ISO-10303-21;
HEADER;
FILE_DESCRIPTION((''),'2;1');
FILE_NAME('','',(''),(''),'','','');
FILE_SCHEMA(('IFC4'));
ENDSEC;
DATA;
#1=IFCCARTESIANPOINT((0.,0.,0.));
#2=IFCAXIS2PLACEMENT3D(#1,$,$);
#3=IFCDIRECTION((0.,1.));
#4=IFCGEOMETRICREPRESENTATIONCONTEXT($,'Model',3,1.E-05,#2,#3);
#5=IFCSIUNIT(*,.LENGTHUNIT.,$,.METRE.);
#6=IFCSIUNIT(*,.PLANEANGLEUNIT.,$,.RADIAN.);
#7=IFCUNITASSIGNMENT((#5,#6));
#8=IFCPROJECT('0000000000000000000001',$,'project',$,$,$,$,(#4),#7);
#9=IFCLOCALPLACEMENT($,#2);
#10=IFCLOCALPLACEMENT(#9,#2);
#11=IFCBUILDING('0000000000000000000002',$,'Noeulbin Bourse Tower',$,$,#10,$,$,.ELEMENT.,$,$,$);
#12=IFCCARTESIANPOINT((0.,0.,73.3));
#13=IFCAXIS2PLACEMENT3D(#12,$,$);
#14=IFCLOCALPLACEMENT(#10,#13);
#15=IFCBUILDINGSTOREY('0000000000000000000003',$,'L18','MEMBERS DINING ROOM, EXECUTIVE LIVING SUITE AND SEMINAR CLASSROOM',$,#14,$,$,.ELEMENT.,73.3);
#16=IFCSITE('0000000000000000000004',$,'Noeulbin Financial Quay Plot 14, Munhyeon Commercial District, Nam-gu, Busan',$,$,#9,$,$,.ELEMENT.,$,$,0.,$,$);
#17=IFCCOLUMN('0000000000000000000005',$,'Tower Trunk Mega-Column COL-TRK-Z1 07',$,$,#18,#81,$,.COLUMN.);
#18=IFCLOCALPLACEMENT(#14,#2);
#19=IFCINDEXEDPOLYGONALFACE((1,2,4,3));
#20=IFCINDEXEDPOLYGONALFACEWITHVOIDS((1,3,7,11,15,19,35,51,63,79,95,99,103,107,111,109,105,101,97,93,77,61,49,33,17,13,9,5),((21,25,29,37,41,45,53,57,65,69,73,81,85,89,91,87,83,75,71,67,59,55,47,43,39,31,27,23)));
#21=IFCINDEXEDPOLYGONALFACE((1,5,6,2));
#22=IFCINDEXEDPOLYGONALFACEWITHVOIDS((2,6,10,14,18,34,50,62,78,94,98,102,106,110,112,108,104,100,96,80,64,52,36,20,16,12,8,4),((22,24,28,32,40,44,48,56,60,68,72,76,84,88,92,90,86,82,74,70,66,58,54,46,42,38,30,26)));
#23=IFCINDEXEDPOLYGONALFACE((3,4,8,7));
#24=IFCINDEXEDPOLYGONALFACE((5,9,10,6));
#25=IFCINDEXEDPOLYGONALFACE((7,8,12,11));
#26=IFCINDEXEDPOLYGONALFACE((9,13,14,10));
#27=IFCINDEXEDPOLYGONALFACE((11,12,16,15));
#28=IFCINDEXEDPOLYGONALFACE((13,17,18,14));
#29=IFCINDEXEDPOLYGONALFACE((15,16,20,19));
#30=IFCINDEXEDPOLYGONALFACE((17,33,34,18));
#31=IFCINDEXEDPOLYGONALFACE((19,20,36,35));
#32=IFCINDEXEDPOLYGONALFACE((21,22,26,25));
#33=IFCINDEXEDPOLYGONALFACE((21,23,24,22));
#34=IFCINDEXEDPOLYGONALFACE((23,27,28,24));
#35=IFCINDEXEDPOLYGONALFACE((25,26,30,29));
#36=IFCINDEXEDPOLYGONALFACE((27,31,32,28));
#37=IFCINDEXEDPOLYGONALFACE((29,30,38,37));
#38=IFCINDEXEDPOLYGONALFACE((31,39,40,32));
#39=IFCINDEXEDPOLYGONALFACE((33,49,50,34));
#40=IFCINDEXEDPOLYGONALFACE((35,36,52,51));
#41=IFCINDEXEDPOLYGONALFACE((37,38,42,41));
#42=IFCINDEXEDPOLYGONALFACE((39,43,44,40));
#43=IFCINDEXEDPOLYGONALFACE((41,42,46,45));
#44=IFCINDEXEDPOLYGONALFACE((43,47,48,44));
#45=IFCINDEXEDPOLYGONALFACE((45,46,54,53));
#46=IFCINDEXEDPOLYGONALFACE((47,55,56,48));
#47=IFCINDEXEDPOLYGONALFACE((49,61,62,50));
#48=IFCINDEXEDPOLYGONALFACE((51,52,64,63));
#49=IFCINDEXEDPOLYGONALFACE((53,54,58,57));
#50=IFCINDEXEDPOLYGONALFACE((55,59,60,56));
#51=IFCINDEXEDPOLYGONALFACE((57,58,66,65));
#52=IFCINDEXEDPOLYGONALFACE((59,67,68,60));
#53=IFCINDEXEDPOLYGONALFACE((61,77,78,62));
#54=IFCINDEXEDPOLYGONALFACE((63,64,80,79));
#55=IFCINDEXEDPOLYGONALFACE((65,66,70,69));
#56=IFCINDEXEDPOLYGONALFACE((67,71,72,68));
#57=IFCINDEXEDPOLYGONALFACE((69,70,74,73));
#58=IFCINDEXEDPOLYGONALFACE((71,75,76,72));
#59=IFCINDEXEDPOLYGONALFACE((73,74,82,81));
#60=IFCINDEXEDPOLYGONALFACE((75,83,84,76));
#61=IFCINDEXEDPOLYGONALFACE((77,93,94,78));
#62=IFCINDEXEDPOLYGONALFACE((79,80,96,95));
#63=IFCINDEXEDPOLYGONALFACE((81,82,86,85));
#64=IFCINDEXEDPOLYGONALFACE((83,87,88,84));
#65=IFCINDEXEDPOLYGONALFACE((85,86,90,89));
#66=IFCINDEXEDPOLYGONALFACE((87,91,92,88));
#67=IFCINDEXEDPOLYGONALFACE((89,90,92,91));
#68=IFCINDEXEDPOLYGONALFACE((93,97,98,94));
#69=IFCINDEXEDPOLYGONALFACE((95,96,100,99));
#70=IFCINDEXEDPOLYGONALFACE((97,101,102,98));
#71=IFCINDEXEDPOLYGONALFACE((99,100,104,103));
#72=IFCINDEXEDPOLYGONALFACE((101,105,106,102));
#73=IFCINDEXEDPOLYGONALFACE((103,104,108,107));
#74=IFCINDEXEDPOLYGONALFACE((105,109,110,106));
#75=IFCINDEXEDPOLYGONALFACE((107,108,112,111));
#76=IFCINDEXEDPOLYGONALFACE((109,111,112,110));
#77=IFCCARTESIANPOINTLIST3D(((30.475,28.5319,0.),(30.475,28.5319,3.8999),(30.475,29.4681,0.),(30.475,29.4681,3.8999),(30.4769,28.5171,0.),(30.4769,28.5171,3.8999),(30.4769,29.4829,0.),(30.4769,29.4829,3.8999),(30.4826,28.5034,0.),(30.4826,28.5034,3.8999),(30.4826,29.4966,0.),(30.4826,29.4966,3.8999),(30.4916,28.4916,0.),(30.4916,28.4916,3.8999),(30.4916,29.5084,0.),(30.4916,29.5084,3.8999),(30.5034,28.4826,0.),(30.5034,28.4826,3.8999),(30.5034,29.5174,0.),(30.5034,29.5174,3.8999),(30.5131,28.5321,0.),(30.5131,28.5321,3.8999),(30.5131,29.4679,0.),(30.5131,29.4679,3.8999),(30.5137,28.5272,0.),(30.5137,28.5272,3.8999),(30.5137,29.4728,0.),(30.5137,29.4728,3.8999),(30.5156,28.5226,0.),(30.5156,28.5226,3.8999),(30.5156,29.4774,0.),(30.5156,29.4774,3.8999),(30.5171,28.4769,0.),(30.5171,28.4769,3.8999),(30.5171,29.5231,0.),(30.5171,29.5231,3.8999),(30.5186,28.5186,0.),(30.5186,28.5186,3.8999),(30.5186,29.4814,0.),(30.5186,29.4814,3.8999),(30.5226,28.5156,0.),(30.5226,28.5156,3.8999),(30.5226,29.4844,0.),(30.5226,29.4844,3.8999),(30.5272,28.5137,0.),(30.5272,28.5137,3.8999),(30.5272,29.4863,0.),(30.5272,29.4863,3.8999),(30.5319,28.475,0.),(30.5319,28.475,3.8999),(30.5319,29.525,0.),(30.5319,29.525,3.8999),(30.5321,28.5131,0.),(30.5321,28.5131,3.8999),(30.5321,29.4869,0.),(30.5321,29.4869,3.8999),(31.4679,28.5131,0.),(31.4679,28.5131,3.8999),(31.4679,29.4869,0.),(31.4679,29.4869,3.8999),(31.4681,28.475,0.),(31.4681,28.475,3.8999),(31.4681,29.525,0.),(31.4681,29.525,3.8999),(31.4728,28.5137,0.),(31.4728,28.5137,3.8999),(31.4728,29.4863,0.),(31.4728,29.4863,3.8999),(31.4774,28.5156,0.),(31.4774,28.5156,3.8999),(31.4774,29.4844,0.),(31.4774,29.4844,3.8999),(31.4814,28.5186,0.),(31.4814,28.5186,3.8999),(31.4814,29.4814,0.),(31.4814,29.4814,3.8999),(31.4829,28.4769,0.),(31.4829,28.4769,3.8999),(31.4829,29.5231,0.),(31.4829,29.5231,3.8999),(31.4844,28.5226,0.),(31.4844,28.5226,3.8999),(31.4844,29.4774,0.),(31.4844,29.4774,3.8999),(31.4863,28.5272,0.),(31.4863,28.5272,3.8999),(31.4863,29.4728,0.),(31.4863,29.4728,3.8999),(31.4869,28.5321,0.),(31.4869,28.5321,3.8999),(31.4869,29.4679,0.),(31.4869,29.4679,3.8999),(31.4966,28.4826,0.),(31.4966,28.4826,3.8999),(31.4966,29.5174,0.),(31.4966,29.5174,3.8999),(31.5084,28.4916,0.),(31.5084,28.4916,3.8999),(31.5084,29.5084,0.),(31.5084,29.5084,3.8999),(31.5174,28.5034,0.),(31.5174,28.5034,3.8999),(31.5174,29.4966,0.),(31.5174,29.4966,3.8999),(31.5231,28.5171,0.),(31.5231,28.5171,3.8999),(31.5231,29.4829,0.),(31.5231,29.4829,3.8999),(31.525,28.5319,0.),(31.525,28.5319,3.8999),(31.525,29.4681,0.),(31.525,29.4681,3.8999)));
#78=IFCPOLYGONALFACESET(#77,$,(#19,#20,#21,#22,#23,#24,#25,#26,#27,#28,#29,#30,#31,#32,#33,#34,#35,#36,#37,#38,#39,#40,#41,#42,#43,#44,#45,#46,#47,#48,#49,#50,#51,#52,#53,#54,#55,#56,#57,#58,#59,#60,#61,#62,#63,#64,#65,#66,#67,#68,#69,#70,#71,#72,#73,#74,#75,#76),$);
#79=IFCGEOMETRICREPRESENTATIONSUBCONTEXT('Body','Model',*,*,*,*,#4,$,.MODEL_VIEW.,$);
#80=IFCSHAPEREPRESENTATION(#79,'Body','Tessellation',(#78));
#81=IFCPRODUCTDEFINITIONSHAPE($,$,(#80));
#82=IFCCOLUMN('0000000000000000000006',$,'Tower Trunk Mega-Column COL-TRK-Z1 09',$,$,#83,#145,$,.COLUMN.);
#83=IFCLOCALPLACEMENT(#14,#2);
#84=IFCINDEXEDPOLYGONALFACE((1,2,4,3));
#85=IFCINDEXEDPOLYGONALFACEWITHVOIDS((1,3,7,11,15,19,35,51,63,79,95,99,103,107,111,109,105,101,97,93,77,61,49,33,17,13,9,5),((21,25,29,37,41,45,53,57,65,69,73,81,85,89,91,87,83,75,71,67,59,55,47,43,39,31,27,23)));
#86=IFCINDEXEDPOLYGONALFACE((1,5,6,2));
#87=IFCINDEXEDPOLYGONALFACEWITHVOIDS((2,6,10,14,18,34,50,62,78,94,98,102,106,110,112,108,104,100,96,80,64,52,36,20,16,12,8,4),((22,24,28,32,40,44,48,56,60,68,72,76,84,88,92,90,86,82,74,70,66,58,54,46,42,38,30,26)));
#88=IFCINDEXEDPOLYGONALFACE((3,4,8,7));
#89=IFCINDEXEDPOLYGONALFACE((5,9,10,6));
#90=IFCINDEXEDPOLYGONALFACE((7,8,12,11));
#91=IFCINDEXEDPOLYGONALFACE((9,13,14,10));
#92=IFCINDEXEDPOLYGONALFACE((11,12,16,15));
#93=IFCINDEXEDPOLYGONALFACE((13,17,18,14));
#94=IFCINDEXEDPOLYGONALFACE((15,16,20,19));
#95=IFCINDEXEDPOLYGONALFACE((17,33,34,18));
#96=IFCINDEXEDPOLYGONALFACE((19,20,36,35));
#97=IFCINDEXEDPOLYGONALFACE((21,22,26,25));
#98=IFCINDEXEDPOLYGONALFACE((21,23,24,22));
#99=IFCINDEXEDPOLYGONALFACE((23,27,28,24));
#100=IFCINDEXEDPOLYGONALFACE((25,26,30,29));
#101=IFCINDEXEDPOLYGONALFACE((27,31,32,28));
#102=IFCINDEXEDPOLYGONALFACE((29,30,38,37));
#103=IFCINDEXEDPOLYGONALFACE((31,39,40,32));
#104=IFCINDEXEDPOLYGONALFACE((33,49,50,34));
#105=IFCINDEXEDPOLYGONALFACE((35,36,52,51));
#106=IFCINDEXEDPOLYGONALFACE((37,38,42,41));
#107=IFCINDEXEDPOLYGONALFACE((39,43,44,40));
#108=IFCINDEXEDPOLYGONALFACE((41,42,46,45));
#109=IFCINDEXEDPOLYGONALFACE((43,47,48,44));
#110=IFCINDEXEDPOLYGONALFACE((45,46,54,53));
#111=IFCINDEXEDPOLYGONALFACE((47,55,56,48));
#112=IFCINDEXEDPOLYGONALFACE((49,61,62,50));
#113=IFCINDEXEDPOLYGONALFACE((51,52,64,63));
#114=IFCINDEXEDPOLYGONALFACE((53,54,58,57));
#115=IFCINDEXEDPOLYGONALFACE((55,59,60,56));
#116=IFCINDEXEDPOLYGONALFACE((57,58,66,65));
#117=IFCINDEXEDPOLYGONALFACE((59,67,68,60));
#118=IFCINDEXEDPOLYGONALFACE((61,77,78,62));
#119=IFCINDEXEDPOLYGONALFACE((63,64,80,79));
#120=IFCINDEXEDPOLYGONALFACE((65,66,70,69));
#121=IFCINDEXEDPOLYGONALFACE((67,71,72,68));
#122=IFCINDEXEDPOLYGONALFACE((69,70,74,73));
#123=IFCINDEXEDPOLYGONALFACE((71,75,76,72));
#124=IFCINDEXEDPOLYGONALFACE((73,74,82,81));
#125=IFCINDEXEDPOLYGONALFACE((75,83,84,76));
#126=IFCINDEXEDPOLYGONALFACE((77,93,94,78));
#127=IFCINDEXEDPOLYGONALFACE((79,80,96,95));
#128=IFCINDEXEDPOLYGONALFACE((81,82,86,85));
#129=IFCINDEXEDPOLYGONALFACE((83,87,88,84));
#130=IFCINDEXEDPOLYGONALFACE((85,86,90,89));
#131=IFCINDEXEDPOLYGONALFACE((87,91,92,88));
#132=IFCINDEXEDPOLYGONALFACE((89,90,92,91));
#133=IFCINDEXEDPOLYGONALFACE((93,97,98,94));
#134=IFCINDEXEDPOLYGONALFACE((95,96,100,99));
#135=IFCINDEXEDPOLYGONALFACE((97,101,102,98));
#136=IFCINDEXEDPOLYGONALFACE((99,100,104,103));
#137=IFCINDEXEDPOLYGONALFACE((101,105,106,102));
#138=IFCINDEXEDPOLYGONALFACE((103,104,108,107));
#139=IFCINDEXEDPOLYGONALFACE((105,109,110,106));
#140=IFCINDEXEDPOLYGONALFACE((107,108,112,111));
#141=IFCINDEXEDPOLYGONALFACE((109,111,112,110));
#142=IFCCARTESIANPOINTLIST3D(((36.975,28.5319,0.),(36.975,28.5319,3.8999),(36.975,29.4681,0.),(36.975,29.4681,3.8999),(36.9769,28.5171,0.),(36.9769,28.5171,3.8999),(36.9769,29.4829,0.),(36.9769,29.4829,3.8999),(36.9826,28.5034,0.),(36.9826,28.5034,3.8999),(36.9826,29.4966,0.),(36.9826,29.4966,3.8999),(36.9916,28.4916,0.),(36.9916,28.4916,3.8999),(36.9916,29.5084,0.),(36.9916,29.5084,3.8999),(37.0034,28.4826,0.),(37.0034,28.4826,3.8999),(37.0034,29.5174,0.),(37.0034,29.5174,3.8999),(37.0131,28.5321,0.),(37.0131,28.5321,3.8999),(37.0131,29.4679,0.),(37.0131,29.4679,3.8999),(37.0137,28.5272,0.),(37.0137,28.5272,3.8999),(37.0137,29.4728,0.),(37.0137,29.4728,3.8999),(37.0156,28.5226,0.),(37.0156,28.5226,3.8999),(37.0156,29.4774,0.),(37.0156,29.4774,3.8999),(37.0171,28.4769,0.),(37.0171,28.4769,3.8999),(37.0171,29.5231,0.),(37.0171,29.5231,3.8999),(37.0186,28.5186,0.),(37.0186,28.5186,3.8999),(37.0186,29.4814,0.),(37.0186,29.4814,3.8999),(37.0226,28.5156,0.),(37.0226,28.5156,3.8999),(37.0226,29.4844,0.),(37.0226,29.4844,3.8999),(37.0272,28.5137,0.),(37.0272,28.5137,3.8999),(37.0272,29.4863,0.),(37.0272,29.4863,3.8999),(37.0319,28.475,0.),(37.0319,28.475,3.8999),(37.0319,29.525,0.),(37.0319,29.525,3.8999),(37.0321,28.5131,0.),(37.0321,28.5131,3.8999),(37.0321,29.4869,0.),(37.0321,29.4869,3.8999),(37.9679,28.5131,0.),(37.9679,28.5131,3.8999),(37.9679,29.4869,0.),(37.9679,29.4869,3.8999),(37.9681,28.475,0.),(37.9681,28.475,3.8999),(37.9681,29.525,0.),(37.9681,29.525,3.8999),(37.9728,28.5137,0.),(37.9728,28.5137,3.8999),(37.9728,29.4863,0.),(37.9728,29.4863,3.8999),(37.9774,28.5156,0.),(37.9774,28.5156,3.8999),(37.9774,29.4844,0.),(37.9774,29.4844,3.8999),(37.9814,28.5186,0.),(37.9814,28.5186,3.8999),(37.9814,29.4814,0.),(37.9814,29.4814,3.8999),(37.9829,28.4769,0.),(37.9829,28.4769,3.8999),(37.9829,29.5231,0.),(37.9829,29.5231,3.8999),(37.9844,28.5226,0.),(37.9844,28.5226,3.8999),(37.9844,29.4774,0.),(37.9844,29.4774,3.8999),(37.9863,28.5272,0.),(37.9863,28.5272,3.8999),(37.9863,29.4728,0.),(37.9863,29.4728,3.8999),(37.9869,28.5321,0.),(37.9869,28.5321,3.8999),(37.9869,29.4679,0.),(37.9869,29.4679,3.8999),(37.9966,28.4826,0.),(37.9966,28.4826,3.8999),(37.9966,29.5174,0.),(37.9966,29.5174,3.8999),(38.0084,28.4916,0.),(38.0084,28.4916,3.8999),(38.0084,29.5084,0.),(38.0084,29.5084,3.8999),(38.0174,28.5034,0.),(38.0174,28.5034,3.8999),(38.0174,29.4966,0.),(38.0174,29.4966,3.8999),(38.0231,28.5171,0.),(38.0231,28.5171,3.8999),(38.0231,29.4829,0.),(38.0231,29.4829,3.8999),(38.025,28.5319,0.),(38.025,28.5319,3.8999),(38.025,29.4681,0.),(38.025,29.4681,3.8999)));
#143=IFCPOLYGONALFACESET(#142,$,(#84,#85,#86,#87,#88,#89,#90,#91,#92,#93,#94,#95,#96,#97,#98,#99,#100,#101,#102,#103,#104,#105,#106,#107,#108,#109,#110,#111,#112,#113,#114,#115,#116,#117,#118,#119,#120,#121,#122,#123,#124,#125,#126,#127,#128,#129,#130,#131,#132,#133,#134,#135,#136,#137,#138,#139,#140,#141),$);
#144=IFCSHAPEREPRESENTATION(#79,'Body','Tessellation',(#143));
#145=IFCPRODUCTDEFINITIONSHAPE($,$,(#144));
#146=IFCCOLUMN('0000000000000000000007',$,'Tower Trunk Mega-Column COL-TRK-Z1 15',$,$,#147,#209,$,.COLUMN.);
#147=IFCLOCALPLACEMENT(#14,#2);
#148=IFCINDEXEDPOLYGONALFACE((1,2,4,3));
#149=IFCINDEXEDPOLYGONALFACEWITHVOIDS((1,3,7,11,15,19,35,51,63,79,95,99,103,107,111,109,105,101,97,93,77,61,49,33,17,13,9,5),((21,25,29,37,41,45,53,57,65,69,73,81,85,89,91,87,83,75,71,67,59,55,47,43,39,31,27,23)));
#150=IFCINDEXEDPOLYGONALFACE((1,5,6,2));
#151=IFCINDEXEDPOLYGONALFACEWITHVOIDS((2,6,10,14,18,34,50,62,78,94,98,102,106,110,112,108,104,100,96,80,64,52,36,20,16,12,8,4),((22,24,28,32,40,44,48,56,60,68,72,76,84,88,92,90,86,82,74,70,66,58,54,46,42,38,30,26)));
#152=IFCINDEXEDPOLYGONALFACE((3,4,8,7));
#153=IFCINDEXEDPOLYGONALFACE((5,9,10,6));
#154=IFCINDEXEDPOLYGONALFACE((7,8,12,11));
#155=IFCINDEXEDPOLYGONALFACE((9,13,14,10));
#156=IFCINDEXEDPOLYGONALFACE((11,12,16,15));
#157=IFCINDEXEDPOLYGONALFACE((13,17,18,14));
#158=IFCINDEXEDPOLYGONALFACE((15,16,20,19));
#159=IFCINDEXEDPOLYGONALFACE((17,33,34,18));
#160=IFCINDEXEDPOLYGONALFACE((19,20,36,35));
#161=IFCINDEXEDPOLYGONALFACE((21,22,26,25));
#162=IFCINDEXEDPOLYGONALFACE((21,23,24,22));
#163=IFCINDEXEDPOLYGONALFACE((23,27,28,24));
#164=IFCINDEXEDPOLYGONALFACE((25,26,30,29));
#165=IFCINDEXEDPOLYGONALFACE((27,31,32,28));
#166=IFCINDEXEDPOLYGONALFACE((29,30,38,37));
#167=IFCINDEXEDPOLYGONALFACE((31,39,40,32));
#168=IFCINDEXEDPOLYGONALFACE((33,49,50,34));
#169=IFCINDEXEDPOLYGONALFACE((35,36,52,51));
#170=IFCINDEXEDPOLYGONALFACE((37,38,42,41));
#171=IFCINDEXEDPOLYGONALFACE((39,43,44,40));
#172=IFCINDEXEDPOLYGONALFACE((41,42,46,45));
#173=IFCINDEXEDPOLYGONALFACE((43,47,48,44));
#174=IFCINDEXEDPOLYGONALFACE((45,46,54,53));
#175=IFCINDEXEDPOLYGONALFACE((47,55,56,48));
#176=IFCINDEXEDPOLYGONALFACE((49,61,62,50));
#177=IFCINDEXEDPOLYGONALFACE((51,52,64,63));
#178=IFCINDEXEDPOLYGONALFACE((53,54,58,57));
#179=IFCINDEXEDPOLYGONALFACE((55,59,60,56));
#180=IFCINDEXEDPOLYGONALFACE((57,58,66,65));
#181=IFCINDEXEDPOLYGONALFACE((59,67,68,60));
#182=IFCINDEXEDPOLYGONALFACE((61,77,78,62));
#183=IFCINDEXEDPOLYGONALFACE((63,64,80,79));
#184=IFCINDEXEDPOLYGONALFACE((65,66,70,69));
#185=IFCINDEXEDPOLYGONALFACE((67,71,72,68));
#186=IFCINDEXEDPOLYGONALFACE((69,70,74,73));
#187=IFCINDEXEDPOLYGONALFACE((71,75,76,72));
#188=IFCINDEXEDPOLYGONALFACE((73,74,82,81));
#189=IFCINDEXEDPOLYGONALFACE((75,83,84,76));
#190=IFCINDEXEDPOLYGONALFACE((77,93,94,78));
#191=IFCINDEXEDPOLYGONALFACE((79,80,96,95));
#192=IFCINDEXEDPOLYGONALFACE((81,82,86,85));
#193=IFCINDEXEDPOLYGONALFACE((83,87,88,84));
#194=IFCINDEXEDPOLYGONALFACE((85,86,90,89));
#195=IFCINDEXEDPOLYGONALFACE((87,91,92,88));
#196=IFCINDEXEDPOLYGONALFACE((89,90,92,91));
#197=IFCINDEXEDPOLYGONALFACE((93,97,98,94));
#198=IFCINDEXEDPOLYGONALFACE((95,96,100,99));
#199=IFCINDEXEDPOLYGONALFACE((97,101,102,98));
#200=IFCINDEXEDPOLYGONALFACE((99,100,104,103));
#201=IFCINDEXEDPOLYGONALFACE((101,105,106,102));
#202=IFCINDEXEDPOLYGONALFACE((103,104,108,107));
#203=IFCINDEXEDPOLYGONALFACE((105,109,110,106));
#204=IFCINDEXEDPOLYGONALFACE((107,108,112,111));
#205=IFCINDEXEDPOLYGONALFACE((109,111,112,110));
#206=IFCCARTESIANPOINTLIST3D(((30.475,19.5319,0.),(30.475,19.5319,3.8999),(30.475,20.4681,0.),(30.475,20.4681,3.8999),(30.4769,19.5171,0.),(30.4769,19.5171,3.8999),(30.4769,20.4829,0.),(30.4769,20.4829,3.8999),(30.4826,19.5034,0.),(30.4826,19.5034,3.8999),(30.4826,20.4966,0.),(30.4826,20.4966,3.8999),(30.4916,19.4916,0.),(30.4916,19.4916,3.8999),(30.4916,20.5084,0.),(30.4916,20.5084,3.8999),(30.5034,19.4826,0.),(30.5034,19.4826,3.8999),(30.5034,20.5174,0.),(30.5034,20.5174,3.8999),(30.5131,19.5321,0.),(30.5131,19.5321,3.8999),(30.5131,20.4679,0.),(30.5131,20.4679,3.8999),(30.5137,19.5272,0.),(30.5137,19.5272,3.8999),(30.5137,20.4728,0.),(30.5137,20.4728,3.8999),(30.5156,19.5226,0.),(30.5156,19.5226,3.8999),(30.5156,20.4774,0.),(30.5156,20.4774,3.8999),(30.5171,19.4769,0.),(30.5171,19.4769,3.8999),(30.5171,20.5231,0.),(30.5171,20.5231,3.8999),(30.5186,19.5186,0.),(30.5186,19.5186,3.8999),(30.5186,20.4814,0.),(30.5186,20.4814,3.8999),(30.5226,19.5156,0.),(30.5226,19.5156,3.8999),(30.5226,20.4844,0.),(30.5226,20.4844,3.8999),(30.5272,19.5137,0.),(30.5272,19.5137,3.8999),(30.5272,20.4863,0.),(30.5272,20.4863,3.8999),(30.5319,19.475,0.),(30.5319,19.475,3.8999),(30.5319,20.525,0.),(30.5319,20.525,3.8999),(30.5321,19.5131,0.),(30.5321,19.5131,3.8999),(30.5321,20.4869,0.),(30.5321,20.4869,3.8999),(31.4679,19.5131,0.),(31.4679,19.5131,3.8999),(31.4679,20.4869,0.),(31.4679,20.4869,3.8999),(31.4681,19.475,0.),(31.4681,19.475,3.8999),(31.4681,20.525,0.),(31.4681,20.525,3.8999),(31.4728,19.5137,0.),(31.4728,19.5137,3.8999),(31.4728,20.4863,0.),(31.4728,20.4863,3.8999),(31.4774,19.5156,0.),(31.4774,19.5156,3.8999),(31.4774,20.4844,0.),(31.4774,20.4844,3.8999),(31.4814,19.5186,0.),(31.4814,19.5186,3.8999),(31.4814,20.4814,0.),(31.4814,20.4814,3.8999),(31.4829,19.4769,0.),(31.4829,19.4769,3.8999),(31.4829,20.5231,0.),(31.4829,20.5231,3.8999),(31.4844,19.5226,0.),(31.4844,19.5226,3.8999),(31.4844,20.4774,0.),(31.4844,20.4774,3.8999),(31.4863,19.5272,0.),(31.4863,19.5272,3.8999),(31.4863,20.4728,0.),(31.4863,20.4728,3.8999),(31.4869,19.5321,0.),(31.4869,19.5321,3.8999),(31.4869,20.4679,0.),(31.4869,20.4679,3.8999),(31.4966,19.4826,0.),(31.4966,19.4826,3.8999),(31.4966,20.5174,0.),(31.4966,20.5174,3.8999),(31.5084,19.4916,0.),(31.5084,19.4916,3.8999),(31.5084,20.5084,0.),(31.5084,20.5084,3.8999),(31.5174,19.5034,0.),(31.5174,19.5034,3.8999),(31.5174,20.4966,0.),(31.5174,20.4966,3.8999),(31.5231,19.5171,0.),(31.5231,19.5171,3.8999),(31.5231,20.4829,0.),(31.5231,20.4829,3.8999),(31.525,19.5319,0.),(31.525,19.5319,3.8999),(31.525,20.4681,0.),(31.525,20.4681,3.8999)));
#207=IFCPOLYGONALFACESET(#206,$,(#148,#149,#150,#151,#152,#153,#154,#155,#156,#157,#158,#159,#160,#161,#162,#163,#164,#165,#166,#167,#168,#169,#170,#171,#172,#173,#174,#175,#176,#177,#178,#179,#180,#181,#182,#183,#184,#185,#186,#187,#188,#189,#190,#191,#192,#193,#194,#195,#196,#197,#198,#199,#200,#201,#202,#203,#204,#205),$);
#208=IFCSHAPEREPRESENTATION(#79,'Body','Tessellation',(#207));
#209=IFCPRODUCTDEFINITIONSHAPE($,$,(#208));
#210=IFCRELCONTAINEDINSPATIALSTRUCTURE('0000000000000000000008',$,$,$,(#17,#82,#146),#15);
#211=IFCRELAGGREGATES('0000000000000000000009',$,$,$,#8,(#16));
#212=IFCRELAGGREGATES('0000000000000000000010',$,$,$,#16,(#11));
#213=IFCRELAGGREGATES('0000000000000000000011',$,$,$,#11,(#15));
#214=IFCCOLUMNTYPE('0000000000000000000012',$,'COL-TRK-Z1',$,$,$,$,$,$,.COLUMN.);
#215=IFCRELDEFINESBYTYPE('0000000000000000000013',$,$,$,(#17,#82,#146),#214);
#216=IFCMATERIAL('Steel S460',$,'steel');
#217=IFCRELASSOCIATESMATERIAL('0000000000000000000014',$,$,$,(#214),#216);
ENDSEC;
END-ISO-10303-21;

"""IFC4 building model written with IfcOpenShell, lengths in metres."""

from ifc_helpers import new_model, si_unit, direction, frame, origin, origin_2d, place, context, subcontext, project, spatial, hollow_rectangle, extrude, material, material_profile, profile_set, type_object, element, save


model = new_model("IFC4")

# Units and contexts
model_context = context("Model", 3, precision=1e-05, world=origin(), true_north=direction((0.0, 1.0)))
body_context = subcontext(model_context, "Body", "Model", "MODEL_VIEW")
ifc_project = project(units=[si_unit("LENGTHUNIT", "METRE"), si_unit("PLANEANGLEUNIT", "RADIAN")], contexts=[model_context])

# Site, building, storey
site_placement = place(None, origin())
site = spatial("IfcSite", under=ifc_project, at=site_placement, Name="Noeulbin Financial Quay Plot 14, Munhyeon Commercial District, Nam-gu, Busan", CompositionType="ELEMENT", RefElevation=0.0)
building_placement = place(site_placement, origin())
building = spatial("IfcBuilding", under=site, at=building_placement, Name="Noeulbin Bourse Tower", CompositionType="ELEMENT")
storey_placement = place(building_placement, frame((0.0, 0.0, 73.3)))
storey = spatial("IfcBuildingStorey", under=building, at=storey_placement, Name="L18", Description="MEMBERS DINING ROOM, EXECUTIVE LIVING SUITE AND SEMINAR CLASSROOM", CompositionType="ELEMENT", Elevation=73.3)

# Columns
ifc_material_1 = material(Name="Steel S460", Category="steel")
ifc_material_profile_1 = material_profile(ifc_material_1, hollow_rectangle(XDim=1.05, YDim=1.05, WallThickness=0.0381, InnerFilletRadius=0.019, OuterFilletRadius=0.0569, at=origin_2d()), Name="BOX-1050x1050x38", Category="LoadBearing")
ifc_profile_set_1 = profile_set([ifc_material_profile_1], Name="Steel S460")
column_type = type_object("IfcColumnType", Name="COL-TRK-Z1", PredefinedType="COLUMN", material=ifc_profile_set_1)
for number, where, z_axis, x_axis, name in (
    (1, (31.0, 29.0, 0.0), (0.0, 0.0, 1.0), (1.0, 0.0, 0.0), "Tower Trunk Mega-Column COL-TRK-Z1 07"),
    (2, (37.5, 29.0, 0.0), (0.0, 0.0, 1.0), (1.0, 0.0, 0.0), "Tower Trunk Mega-Column COL-TRK-Z1 09"),
    (3, (31.0, 20.0, 0.0), (0.0, 0.0, 1.0), (1.0, 0.0, 0.0), "Tower Trunk Mega-Column COL-TRK-Z1 15"),
):
    element("IfcColumn", number, at=place(storey_placement, frame(where, z_axis=z_axis, x_axis=x_axis)), inside=storey, type_object=column_type, Name=name, PredefinedType="COLUMN", context=body_context, shape_type="SweptSolid", body=[
        extrude(hollow_rectangle(XDim=1.05, YDim=1.05, WallThickness=0.0381, InnerFilletRadius=0.019, OuterFilletRadius=0.0569, at=origin_2d()), origin(), (0.0, 0.0, 1.0), 3.8999),
    ])

save(model, "model.ifc")
